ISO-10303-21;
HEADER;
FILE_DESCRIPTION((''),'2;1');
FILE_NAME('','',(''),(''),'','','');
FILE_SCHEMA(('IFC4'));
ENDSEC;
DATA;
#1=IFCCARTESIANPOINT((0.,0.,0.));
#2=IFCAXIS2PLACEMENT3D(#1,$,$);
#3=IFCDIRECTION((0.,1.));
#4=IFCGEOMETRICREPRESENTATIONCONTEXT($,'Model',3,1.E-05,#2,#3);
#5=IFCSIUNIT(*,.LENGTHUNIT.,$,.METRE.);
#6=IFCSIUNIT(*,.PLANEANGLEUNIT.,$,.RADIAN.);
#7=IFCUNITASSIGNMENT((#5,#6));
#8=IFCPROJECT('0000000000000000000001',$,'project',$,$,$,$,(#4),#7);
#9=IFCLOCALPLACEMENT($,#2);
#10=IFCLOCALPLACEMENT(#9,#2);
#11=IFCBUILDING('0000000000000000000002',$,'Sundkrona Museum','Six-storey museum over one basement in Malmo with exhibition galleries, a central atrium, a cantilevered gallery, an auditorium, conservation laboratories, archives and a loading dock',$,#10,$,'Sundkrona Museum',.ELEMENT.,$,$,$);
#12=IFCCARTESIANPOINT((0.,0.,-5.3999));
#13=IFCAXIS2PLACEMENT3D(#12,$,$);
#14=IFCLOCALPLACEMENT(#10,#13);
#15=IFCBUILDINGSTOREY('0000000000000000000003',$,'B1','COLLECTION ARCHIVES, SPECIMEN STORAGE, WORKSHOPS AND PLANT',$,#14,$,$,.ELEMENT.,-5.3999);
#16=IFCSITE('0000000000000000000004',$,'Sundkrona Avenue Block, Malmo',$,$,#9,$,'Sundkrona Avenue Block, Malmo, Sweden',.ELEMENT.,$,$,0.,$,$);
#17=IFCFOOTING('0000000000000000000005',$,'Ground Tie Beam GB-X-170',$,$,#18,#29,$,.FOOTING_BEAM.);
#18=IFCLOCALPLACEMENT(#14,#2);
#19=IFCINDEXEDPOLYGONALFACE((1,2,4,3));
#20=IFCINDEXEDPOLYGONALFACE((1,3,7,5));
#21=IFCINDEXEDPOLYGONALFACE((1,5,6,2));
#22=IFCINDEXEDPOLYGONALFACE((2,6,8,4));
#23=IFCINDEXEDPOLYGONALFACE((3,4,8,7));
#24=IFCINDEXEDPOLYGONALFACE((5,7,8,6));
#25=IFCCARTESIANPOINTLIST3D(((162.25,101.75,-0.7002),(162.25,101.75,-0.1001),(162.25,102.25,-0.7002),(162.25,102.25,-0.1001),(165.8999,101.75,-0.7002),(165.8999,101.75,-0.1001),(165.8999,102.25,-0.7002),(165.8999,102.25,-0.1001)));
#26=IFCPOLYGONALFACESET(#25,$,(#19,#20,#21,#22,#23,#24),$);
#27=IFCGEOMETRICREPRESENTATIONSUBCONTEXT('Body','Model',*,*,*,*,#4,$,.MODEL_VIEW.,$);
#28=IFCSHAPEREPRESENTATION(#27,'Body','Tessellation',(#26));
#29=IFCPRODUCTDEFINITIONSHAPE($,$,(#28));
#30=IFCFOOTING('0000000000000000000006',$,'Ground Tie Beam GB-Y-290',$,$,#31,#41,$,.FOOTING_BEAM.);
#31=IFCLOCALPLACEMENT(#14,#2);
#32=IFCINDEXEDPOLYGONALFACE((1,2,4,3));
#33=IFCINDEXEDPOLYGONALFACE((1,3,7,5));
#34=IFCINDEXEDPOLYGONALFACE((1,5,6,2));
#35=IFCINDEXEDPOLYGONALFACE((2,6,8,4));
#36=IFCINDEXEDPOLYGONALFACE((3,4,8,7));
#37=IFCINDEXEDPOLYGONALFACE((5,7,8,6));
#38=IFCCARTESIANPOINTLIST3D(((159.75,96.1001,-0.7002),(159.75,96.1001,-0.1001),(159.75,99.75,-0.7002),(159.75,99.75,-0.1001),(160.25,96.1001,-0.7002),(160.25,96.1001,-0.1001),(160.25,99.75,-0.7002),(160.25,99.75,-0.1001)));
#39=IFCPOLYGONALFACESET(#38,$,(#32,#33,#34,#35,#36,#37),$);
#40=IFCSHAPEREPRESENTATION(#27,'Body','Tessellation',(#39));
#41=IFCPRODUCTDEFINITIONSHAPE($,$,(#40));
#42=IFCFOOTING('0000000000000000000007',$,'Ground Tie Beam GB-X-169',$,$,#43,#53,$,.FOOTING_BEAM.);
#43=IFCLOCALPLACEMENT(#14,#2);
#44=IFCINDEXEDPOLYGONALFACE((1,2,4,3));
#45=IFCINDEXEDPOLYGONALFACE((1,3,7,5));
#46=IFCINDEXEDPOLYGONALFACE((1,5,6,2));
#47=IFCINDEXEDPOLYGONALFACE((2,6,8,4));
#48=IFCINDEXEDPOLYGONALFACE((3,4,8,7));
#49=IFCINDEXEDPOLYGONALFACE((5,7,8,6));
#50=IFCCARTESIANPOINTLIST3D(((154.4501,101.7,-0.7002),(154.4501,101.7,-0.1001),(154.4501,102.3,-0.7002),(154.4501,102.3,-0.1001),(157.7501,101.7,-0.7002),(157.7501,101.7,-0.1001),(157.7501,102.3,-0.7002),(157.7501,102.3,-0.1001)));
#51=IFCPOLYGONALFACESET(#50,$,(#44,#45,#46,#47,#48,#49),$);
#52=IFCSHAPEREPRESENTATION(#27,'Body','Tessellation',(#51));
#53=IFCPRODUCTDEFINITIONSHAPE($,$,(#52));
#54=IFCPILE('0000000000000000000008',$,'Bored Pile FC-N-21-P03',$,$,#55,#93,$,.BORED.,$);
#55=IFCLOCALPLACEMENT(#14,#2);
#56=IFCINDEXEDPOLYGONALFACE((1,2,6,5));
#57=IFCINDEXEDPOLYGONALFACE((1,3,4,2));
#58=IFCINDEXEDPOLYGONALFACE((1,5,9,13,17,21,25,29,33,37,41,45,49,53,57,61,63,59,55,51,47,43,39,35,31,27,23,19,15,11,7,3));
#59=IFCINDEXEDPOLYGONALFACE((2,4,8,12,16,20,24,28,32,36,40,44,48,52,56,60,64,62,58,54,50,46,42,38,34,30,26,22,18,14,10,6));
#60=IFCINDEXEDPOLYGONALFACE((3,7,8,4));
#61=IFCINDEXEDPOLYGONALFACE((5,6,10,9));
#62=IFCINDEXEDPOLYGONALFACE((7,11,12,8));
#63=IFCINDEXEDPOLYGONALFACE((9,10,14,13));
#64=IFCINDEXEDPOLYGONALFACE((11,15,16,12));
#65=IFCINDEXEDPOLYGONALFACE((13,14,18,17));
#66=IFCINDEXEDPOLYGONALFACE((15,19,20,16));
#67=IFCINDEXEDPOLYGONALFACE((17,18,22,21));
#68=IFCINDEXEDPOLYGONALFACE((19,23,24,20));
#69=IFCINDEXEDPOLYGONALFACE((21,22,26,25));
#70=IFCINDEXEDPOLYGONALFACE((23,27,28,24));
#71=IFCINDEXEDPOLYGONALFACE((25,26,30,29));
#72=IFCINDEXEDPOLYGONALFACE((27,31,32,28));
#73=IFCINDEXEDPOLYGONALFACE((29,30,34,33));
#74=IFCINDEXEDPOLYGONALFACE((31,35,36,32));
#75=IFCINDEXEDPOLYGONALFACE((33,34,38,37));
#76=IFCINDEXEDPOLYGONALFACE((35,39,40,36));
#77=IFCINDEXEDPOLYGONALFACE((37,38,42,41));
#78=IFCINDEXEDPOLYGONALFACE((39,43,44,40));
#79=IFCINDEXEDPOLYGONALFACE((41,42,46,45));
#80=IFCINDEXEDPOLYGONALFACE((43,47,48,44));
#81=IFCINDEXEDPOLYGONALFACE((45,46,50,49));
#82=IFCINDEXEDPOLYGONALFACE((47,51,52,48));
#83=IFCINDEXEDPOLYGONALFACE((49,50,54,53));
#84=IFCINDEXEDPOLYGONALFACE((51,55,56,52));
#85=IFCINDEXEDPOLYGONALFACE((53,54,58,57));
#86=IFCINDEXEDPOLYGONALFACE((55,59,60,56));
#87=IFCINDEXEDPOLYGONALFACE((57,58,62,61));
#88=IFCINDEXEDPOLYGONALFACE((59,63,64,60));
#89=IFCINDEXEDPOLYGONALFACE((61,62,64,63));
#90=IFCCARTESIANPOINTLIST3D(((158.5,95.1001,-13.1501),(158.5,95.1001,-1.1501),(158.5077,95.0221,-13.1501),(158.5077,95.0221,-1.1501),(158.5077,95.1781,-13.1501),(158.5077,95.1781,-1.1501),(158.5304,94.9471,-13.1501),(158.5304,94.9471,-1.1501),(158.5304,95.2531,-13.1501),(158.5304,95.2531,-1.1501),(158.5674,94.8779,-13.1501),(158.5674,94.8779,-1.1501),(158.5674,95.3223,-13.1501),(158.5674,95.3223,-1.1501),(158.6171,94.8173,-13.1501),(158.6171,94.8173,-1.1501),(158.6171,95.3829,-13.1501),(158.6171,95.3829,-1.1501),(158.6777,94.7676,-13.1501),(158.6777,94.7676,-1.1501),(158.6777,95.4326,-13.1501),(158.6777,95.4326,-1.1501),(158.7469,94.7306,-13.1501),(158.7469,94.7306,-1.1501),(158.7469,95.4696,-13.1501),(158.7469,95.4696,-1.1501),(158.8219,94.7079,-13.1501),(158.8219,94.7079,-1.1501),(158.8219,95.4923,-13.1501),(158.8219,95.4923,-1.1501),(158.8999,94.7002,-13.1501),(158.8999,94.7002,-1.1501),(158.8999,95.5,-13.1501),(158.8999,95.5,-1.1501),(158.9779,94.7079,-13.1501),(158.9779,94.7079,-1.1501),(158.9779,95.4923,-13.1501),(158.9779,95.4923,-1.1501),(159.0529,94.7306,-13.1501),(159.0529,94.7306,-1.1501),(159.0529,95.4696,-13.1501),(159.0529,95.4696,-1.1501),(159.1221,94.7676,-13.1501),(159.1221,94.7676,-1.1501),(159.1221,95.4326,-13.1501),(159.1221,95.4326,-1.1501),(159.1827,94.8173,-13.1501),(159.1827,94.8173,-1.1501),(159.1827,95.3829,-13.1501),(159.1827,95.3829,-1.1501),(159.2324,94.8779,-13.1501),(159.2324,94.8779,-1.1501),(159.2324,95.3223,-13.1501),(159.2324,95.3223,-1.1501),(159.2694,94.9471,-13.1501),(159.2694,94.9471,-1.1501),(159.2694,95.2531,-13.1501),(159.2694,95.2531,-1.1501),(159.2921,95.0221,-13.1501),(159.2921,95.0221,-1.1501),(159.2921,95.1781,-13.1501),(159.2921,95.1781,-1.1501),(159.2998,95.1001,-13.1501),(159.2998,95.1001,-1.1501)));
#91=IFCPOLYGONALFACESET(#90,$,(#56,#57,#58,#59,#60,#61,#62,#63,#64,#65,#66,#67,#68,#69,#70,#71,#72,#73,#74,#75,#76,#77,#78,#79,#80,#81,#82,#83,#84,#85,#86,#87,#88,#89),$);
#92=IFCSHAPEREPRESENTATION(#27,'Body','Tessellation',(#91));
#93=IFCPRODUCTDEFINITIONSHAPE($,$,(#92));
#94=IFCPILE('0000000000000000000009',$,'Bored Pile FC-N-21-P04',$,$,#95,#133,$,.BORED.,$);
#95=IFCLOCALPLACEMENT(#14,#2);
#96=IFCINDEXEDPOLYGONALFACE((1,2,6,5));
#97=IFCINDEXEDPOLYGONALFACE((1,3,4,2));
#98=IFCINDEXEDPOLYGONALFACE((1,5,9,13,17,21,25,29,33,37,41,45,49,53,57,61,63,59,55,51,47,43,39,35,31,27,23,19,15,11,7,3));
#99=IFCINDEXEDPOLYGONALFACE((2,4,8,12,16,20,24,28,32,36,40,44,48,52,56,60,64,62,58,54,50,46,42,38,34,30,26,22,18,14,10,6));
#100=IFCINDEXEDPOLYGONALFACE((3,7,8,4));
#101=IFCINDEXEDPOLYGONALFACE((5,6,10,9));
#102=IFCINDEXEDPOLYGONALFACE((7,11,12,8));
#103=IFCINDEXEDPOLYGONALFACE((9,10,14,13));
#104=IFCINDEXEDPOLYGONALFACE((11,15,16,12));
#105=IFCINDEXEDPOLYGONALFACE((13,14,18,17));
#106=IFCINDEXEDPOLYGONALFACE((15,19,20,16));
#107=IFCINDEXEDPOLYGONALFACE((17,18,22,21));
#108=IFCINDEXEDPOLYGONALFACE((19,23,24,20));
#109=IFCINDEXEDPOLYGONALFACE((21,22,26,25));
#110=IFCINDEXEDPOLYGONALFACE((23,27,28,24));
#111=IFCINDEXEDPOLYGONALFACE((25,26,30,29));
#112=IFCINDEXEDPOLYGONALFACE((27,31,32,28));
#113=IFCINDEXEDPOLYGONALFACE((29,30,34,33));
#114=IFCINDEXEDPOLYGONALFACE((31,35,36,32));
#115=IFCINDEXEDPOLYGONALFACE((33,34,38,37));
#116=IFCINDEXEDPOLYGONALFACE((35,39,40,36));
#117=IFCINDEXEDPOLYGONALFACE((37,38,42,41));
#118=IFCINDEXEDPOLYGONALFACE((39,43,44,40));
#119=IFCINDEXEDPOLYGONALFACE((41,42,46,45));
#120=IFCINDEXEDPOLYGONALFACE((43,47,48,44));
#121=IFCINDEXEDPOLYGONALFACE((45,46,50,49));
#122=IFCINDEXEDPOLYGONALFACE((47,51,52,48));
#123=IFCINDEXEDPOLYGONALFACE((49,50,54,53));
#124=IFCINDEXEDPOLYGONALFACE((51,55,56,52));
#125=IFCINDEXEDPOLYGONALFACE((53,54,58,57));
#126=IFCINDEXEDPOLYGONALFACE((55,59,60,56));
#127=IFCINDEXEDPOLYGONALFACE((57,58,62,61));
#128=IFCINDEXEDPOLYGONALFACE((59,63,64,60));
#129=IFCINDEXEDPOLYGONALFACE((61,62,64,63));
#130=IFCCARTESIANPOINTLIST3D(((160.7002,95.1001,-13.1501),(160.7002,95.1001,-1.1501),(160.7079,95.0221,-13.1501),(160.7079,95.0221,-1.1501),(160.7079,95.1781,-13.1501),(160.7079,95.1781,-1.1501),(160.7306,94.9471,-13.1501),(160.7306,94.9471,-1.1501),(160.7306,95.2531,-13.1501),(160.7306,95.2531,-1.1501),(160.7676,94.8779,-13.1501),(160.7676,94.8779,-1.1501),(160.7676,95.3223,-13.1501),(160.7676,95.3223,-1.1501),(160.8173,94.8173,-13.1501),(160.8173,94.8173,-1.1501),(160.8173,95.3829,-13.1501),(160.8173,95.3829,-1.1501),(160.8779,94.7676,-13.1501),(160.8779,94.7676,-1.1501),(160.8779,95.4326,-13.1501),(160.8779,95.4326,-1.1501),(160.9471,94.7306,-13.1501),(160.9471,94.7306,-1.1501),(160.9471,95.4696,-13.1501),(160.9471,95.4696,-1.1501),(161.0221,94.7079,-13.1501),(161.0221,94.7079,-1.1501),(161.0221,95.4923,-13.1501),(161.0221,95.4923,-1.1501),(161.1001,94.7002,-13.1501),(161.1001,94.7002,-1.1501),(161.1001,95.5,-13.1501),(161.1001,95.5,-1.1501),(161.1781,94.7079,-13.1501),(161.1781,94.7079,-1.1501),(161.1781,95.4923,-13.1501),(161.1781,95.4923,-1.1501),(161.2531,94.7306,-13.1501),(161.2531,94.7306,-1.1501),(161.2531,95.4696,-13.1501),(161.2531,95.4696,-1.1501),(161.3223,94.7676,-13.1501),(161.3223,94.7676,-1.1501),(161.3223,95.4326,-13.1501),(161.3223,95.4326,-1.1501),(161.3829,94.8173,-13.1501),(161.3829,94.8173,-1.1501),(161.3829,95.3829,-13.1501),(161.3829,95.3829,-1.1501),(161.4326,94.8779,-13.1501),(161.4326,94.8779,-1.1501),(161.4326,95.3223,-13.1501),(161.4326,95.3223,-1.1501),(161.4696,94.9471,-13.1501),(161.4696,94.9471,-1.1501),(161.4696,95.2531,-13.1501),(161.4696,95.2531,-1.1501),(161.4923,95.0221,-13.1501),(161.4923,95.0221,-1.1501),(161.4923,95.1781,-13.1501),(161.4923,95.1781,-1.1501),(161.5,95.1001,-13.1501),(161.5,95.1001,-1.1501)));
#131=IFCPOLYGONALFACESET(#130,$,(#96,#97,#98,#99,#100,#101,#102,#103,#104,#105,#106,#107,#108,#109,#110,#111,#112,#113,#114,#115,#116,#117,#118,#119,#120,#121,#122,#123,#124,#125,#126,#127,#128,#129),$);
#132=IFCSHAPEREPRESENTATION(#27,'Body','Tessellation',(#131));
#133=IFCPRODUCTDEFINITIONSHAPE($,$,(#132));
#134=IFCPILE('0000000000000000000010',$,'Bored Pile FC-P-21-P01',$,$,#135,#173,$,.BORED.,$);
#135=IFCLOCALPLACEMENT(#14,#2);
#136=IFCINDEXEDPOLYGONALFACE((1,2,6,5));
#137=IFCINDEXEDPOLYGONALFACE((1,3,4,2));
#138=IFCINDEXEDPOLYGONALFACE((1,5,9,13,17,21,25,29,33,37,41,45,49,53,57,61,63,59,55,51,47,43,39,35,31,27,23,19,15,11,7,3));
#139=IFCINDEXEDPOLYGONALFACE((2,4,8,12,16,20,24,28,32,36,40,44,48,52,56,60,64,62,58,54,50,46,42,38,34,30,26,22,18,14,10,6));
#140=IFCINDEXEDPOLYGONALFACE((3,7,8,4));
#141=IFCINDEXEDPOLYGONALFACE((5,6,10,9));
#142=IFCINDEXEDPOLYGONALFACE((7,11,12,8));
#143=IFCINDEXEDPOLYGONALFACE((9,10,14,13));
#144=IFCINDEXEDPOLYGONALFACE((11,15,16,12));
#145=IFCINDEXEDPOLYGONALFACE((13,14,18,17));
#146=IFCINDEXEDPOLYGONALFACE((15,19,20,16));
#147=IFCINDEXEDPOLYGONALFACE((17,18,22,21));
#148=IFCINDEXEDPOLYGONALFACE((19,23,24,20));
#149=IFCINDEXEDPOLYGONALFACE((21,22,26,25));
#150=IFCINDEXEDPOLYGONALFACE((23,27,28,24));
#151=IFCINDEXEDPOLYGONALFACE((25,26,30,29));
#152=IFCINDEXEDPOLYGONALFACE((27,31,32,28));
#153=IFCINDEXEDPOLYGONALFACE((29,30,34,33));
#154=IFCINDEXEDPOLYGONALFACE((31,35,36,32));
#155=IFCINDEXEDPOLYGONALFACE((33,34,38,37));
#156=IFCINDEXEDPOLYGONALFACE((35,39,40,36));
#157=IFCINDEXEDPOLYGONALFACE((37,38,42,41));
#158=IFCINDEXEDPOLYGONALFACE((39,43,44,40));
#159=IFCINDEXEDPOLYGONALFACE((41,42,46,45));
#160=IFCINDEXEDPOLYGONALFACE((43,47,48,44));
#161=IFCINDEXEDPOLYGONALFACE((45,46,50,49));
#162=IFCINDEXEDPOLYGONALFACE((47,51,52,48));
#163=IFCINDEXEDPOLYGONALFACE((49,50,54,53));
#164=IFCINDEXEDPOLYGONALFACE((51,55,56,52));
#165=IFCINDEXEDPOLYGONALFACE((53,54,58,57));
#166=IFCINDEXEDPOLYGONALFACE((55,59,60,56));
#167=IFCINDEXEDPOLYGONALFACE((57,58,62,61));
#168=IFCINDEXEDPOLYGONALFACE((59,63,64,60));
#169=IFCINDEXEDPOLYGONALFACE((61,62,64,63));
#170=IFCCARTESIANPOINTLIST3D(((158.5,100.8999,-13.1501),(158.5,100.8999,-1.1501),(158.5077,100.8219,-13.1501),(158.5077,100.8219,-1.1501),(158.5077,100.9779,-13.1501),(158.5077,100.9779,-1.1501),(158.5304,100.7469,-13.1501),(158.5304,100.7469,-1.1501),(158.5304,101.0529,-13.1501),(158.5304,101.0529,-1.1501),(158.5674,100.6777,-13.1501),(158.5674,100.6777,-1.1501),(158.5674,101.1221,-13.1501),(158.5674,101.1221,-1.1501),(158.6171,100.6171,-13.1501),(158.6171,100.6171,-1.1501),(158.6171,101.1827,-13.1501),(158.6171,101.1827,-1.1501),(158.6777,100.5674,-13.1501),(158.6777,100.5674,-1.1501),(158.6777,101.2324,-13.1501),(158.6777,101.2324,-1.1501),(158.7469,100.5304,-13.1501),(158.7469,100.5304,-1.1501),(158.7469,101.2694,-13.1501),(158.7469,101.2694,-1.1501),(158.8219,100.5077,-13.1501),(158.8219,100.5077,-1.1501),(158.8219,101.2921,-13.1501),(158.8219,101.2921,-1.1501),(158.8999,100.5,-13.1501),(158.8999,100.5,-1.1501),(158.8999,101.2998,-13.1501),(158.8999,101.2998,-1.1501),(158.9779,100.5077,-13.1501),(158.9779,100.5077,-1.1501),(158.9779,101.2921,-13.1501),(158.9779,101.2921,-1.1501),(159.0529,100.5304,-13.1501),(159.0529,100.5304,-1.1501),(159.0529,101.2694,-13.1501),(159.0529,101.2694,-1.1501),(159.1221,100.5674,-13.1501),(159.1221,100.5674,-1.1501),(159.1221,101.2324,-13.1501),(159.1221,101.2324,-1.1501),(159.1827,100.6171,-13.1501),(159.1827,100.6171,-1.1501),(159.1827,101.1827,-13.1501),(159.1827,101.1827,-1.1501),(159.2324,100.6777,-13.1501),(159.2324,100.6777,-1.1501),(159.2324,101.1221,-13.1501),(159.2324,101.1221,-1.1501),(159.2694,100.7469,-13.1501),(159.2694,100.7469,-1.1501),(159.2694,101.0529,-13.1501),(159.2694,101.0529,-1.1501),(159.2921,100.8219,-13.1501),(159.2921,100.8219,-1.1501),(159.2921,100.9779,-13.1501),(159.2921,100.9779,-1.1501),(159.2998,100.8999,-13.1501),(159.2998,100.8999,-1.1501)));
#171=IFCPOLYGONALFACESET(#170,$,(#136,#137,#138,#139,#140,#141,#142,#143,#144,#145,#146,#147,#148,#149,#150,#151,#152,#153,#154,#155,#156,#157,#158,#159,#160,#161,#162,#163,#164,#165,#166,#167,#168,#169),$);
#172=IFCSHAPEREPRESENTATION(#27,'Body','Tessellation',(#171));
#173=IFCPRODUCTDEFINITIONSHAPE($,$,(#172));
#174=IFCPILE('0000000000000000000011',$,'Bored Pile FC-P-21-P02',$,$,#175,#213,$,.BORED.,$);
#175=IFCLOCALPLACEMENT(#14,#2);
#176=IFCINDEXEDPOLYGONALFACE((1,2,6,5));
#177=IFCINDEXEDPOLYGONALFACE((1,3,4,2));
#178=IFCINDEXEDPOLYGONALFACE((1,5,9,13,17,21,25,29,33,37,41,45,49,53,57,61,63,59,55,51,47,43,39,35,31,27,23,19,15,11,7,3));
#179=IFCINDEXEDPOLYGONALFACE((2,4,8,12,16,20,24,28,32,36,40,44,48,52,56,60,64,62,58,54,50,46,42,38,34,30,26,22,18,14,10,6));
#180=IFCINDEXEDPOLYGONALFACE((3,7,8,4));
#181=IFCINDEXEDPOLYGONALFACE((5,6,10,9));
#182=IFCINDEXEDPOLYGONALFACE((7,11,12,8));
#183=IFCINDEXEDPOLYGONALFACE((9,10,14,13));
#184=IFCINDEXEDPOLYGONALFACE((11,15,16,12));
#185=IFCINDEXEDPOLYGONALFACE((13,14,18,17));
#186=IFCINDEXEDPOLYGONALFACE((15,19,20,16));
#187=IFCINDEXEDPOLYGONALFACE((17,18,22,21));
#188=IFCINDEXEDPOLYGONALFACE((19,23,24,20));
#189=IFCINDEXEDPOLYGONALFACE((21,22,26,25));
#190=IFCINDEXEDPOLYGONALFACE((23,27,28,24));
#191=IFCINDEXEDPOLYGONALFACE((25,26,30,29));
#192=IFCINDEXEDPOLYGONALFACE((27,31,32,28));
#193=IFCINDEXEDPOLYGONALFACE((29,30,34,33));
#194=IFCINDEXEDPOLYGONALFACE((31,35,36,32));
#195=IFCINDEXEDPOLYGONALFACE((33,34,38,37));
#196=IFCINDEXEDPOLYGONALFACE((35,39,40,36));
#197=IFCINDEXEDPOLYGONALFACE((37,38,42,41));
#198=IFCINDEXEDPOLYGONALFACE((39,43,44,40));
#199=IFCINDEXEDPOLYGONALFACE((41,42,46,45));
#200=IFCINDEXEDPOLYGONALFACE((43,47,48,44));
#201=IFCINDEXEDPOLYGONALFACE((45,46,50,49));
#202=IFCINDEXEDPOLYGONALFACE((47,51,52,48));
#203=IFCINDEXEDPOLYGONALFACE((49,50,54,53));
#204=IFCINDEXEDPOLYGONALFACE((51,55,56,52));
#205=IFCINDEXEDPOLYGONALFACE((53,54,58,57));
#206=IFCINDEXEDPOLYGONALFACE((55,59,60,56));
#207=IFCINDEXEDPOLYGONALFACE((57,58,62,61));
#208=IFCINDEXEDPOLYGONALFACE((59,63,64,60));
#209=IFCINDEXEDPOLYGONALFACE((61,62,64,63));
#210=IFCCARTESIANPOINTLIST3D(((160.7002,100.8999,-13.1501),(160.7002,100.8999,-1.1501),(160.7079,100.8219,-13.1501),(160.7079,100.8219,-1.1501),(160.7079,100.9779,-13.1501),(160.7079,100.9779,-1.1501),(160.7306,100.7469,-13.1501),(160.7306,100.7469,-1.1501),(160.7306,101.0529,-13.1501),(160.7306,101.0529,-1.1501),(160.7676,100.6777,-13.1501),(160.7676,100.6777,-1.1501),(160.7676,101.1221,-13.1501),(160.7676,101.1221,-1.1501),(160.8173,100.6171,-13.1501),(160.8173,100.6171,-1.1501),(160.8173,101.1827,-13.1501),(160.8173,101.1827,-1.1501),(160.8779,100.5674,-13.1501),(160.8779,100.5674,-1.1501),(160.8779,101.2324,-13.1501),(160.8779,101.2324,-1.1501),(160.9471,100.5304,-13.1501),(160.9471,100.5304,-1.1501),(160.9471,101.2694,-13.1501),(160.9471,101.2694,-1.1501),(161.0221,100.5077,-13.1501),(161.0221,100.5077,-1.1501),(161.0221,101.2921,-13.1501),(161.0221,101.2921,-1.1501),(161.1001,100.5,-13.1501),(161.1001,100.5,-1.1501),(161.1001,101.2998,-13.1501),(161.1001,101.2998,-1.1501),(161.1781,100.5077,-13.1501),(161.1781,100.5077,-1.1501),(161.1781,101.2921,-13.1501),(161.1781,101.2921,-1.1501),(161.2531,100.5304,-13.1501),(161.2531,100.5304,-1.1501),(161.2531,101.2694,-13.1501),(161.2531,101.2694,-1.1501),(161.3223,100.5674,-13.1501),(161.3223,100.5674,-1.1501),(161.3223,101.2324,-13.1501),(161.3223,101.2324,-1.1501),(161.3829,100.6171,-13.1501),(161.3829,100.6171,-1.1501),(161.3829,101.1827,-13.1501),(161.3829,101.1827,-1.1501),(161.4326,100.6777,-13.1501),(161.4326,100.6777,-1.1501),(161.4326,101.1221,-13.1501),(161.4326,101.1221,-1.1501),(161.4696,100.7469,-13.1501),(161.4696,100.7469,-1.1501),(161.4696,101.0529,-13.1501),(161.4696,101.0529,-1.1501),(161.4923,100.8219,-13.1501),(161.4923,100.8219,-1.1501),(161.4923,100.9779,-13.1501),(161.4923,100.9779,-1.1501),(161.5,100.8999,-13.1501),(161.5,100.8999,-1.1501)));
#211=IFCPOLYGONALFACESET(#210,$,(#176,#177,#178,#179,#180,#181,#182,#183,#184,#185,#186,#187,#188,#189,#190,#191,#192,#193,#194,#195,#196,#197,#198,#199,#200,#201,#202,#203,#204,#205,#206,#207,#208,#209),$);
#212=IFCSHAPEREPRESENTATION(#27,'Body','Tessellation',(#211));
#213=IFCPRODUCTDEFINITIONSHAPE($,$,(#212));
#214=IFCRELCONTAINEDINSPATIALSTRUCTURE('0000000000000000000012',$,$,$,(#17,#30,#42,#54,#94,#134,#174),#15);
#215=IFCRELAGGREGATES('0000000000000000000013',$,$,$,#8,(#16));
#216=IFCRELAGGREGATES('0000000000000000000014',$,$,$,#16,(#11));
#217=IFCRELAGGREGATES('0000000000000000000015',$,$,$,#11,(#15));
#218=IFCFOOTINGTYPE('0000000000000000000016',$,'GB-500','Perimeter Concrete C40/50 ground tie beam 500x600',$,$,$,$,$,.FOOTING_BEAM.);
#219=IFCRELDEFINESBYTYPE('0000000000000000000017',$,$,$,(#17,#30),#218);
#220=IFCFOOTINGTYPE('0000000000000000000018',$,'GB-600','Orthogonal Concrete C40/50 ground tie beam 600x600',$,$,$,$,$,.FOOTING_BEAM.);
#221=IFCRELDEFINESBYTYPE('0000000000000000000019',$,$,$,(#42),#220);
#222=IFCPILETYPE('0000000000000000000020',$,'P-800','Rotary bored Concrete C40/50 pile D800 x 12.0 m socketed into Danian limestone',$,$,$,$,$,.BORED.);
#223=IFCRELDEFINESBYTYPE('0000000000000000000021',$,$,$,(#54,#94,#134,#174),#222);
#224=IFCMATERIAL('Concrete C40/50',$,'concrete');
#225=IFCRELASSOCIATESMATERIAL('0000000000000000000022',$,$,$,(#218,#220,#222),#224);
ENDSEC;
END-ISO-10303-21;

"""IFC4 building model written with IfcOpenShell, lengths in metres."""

from ifc_helpers import new_model, si_unit, direction, frame, origin, origin_2d, place, context, subcontext, project, spatial, rectangle, circle, extrude, material, material_profile, profile_set, type_object, element, save


model = new_model("IFC4")

# Units and contexts
model_context = context("Model", 3, precision=1e-05, world=origin(), true_north=direction((0.0, 1.0)))
body_context = subcontext(model_context, "Body", "Model", "MODEL_VIEW")
ifc_project = project(units=[si_unit("LENGTHUNIT", "METRE"), si_unit("PLANEANGLEUNIT", "RADIAN")], contexts=[model_context])

# Site, building, storey
site_placement = place(None, origin())
site = spatial("IfcSite", under=ifc_project, at=site_placement, Name="Sundkrona Avenue Block, Malmo", LongName="Sundkrona Avenue Block, Malmo, Sweden", CompositionType="ELEMENT", RefElevation=0.0)
building_placement = place(site_placement, origin())
building = spatial("IfcBuilding", under=site, at=building_placement, Name="Sundkrona Museum", Description="Six-storey museum over one basement in Malmo with exhibition galleries, a central atrium, a cantilevered gallery, an auditorium, conservation laboratories, archives and a loading dock", LongName="Sundkrona Museum", CompositionType="ELEMENT")
storey_placement = place(building_placement, frame((0.0, 0.0, -5.3999)))
storey = spatial("IfcBuildingStorey", under=building, at=storey_placement, Name="B1", Description="COLLECTION ARCHIVES, SPECIMEN STORAGE, WORKSHOPS AND PLANT", CompositionType="ELEMENT", Elevation=-5.3999)

# Footings
ifc_material_1 = material(Name="Concrete C40/50", Category="concrete")
footing_type_1 = type_object("IfcFootingType", Name="GB-500", Description="Perimeter Concrete C40/50 ground tie beam 500x600", PredefinedType="FOOTING_BEAM", material=ifc_material_1)
for number, where, z_axis, x_axis, name in (
    (1, (164.075, 102.0, -0.7002), (0.0, 0.0, 1.0), (1.0, 0.0, 0.0), "Ground Tie Beam GB-X-170"),
    (2, (160.0, 97.925, -0.7002), (0.0, 0.0, 1.0), (0.0, 1.0, 0.0), "Ground Tie Beam GB-Y-290"),
):
    element("IfcFooting", number, at=place(storey_placement, frame(where, z_axis=z_axis, x_axis=x_axis)), inside=storey, type_object=footing_type_1, Name=name, PredefinedType="FOOTING_BEAM", context=body_context, shape_type="SweptSolid", body=[
        extrude(rectangle(XDim=3.6499, YDim=0.5, at=origin_2d()), origin(), (0.0, 0.0, 1.0), 0.6001),
    ])
footing_type_2 = type_object("IfcFootingType", Name="GB-600", Description="Orthogonal Concrete C40/50 ground tie beam 600x600", PredefinedType="FOOTING_BEAM", material=ifc_material_1)
footing_1_placement = place(storey_placement, frame((156.1001, 102.0, -0.7002), z_axis=(0.0, 0.0, 1.0), x_axis=(1.0, 0.0, 0.0)))
element("IfcFooting", 3, at=footing_1_placement, inside=storey, type_object=footing_type_2, Name="Ground Tie Beam GB-X-169", PredefinedType="FOOTING_BEAM", context=body_context, shape_type="SweptSolid", body=[
    extrude(rectangle(XDim=3.3, YDim=0.6001, at=origin_2d()), origin(), (0.0, 0.0, 1.0), 0.6001),
])

# Piles
ifc_material_profile_1 = material_profile(ifc_material_1, circle(Radius=0.3999, at=origin_2d()), Name="PILE D800")
ifc_profile_set_1 = profile_set([ifc_material_profile_1], Name="Concrete C40/50")
pile_type = type_object("IfcPileType", Name="P-800", Description="Rotary bored Concrete C40/50 pile D800 x 12.0 m socketed into Danian limestone", PredefinedType="BORED", material=ifc_profile_set_1)
for number, where, z_axis, x_axis, name in (
    (4, (158.8999, 95.1001, -1.1501), (0.0, 0.0, -1.0), (1.0, 0.0, 0.0), "Bored Pile FC-N-21-P03"),
    (5, (161.1001, 95.1001, -1.1501), (0.0, 0.0, -1.0), (1.0, 0.0, 0.0), "Bored Pile FC-N-21-P04"),
    (6, (158.8999, 100.8999, -1.1501), (0.0, 0.0, -1.0), (1.0, 0.0, 0.0), "Bored Pile FC-P-21-P01"),
    (7, (161.1001, 100.8999, -1.1501), (0.0, 0.0, -1.0), (1.0, 0.0, 0.0), "Bored Pile FC-P-21-P02"),
):
    element("IfcPile", number, at=place(storey_placement, frame(where, z_axis=z_axis, x_axis=x_axis)), inside=storey, type_object=pile_type, Name=name, PredefinedType="BORED", context=body_context, shape_type="SweptSolid", body=[
        extrude(circle(Radius=0.3999, at=origin_2d()), origin(), (0.0, 0.0, 1.0), 12.0),
    ])

save(model, "model.ifc")
